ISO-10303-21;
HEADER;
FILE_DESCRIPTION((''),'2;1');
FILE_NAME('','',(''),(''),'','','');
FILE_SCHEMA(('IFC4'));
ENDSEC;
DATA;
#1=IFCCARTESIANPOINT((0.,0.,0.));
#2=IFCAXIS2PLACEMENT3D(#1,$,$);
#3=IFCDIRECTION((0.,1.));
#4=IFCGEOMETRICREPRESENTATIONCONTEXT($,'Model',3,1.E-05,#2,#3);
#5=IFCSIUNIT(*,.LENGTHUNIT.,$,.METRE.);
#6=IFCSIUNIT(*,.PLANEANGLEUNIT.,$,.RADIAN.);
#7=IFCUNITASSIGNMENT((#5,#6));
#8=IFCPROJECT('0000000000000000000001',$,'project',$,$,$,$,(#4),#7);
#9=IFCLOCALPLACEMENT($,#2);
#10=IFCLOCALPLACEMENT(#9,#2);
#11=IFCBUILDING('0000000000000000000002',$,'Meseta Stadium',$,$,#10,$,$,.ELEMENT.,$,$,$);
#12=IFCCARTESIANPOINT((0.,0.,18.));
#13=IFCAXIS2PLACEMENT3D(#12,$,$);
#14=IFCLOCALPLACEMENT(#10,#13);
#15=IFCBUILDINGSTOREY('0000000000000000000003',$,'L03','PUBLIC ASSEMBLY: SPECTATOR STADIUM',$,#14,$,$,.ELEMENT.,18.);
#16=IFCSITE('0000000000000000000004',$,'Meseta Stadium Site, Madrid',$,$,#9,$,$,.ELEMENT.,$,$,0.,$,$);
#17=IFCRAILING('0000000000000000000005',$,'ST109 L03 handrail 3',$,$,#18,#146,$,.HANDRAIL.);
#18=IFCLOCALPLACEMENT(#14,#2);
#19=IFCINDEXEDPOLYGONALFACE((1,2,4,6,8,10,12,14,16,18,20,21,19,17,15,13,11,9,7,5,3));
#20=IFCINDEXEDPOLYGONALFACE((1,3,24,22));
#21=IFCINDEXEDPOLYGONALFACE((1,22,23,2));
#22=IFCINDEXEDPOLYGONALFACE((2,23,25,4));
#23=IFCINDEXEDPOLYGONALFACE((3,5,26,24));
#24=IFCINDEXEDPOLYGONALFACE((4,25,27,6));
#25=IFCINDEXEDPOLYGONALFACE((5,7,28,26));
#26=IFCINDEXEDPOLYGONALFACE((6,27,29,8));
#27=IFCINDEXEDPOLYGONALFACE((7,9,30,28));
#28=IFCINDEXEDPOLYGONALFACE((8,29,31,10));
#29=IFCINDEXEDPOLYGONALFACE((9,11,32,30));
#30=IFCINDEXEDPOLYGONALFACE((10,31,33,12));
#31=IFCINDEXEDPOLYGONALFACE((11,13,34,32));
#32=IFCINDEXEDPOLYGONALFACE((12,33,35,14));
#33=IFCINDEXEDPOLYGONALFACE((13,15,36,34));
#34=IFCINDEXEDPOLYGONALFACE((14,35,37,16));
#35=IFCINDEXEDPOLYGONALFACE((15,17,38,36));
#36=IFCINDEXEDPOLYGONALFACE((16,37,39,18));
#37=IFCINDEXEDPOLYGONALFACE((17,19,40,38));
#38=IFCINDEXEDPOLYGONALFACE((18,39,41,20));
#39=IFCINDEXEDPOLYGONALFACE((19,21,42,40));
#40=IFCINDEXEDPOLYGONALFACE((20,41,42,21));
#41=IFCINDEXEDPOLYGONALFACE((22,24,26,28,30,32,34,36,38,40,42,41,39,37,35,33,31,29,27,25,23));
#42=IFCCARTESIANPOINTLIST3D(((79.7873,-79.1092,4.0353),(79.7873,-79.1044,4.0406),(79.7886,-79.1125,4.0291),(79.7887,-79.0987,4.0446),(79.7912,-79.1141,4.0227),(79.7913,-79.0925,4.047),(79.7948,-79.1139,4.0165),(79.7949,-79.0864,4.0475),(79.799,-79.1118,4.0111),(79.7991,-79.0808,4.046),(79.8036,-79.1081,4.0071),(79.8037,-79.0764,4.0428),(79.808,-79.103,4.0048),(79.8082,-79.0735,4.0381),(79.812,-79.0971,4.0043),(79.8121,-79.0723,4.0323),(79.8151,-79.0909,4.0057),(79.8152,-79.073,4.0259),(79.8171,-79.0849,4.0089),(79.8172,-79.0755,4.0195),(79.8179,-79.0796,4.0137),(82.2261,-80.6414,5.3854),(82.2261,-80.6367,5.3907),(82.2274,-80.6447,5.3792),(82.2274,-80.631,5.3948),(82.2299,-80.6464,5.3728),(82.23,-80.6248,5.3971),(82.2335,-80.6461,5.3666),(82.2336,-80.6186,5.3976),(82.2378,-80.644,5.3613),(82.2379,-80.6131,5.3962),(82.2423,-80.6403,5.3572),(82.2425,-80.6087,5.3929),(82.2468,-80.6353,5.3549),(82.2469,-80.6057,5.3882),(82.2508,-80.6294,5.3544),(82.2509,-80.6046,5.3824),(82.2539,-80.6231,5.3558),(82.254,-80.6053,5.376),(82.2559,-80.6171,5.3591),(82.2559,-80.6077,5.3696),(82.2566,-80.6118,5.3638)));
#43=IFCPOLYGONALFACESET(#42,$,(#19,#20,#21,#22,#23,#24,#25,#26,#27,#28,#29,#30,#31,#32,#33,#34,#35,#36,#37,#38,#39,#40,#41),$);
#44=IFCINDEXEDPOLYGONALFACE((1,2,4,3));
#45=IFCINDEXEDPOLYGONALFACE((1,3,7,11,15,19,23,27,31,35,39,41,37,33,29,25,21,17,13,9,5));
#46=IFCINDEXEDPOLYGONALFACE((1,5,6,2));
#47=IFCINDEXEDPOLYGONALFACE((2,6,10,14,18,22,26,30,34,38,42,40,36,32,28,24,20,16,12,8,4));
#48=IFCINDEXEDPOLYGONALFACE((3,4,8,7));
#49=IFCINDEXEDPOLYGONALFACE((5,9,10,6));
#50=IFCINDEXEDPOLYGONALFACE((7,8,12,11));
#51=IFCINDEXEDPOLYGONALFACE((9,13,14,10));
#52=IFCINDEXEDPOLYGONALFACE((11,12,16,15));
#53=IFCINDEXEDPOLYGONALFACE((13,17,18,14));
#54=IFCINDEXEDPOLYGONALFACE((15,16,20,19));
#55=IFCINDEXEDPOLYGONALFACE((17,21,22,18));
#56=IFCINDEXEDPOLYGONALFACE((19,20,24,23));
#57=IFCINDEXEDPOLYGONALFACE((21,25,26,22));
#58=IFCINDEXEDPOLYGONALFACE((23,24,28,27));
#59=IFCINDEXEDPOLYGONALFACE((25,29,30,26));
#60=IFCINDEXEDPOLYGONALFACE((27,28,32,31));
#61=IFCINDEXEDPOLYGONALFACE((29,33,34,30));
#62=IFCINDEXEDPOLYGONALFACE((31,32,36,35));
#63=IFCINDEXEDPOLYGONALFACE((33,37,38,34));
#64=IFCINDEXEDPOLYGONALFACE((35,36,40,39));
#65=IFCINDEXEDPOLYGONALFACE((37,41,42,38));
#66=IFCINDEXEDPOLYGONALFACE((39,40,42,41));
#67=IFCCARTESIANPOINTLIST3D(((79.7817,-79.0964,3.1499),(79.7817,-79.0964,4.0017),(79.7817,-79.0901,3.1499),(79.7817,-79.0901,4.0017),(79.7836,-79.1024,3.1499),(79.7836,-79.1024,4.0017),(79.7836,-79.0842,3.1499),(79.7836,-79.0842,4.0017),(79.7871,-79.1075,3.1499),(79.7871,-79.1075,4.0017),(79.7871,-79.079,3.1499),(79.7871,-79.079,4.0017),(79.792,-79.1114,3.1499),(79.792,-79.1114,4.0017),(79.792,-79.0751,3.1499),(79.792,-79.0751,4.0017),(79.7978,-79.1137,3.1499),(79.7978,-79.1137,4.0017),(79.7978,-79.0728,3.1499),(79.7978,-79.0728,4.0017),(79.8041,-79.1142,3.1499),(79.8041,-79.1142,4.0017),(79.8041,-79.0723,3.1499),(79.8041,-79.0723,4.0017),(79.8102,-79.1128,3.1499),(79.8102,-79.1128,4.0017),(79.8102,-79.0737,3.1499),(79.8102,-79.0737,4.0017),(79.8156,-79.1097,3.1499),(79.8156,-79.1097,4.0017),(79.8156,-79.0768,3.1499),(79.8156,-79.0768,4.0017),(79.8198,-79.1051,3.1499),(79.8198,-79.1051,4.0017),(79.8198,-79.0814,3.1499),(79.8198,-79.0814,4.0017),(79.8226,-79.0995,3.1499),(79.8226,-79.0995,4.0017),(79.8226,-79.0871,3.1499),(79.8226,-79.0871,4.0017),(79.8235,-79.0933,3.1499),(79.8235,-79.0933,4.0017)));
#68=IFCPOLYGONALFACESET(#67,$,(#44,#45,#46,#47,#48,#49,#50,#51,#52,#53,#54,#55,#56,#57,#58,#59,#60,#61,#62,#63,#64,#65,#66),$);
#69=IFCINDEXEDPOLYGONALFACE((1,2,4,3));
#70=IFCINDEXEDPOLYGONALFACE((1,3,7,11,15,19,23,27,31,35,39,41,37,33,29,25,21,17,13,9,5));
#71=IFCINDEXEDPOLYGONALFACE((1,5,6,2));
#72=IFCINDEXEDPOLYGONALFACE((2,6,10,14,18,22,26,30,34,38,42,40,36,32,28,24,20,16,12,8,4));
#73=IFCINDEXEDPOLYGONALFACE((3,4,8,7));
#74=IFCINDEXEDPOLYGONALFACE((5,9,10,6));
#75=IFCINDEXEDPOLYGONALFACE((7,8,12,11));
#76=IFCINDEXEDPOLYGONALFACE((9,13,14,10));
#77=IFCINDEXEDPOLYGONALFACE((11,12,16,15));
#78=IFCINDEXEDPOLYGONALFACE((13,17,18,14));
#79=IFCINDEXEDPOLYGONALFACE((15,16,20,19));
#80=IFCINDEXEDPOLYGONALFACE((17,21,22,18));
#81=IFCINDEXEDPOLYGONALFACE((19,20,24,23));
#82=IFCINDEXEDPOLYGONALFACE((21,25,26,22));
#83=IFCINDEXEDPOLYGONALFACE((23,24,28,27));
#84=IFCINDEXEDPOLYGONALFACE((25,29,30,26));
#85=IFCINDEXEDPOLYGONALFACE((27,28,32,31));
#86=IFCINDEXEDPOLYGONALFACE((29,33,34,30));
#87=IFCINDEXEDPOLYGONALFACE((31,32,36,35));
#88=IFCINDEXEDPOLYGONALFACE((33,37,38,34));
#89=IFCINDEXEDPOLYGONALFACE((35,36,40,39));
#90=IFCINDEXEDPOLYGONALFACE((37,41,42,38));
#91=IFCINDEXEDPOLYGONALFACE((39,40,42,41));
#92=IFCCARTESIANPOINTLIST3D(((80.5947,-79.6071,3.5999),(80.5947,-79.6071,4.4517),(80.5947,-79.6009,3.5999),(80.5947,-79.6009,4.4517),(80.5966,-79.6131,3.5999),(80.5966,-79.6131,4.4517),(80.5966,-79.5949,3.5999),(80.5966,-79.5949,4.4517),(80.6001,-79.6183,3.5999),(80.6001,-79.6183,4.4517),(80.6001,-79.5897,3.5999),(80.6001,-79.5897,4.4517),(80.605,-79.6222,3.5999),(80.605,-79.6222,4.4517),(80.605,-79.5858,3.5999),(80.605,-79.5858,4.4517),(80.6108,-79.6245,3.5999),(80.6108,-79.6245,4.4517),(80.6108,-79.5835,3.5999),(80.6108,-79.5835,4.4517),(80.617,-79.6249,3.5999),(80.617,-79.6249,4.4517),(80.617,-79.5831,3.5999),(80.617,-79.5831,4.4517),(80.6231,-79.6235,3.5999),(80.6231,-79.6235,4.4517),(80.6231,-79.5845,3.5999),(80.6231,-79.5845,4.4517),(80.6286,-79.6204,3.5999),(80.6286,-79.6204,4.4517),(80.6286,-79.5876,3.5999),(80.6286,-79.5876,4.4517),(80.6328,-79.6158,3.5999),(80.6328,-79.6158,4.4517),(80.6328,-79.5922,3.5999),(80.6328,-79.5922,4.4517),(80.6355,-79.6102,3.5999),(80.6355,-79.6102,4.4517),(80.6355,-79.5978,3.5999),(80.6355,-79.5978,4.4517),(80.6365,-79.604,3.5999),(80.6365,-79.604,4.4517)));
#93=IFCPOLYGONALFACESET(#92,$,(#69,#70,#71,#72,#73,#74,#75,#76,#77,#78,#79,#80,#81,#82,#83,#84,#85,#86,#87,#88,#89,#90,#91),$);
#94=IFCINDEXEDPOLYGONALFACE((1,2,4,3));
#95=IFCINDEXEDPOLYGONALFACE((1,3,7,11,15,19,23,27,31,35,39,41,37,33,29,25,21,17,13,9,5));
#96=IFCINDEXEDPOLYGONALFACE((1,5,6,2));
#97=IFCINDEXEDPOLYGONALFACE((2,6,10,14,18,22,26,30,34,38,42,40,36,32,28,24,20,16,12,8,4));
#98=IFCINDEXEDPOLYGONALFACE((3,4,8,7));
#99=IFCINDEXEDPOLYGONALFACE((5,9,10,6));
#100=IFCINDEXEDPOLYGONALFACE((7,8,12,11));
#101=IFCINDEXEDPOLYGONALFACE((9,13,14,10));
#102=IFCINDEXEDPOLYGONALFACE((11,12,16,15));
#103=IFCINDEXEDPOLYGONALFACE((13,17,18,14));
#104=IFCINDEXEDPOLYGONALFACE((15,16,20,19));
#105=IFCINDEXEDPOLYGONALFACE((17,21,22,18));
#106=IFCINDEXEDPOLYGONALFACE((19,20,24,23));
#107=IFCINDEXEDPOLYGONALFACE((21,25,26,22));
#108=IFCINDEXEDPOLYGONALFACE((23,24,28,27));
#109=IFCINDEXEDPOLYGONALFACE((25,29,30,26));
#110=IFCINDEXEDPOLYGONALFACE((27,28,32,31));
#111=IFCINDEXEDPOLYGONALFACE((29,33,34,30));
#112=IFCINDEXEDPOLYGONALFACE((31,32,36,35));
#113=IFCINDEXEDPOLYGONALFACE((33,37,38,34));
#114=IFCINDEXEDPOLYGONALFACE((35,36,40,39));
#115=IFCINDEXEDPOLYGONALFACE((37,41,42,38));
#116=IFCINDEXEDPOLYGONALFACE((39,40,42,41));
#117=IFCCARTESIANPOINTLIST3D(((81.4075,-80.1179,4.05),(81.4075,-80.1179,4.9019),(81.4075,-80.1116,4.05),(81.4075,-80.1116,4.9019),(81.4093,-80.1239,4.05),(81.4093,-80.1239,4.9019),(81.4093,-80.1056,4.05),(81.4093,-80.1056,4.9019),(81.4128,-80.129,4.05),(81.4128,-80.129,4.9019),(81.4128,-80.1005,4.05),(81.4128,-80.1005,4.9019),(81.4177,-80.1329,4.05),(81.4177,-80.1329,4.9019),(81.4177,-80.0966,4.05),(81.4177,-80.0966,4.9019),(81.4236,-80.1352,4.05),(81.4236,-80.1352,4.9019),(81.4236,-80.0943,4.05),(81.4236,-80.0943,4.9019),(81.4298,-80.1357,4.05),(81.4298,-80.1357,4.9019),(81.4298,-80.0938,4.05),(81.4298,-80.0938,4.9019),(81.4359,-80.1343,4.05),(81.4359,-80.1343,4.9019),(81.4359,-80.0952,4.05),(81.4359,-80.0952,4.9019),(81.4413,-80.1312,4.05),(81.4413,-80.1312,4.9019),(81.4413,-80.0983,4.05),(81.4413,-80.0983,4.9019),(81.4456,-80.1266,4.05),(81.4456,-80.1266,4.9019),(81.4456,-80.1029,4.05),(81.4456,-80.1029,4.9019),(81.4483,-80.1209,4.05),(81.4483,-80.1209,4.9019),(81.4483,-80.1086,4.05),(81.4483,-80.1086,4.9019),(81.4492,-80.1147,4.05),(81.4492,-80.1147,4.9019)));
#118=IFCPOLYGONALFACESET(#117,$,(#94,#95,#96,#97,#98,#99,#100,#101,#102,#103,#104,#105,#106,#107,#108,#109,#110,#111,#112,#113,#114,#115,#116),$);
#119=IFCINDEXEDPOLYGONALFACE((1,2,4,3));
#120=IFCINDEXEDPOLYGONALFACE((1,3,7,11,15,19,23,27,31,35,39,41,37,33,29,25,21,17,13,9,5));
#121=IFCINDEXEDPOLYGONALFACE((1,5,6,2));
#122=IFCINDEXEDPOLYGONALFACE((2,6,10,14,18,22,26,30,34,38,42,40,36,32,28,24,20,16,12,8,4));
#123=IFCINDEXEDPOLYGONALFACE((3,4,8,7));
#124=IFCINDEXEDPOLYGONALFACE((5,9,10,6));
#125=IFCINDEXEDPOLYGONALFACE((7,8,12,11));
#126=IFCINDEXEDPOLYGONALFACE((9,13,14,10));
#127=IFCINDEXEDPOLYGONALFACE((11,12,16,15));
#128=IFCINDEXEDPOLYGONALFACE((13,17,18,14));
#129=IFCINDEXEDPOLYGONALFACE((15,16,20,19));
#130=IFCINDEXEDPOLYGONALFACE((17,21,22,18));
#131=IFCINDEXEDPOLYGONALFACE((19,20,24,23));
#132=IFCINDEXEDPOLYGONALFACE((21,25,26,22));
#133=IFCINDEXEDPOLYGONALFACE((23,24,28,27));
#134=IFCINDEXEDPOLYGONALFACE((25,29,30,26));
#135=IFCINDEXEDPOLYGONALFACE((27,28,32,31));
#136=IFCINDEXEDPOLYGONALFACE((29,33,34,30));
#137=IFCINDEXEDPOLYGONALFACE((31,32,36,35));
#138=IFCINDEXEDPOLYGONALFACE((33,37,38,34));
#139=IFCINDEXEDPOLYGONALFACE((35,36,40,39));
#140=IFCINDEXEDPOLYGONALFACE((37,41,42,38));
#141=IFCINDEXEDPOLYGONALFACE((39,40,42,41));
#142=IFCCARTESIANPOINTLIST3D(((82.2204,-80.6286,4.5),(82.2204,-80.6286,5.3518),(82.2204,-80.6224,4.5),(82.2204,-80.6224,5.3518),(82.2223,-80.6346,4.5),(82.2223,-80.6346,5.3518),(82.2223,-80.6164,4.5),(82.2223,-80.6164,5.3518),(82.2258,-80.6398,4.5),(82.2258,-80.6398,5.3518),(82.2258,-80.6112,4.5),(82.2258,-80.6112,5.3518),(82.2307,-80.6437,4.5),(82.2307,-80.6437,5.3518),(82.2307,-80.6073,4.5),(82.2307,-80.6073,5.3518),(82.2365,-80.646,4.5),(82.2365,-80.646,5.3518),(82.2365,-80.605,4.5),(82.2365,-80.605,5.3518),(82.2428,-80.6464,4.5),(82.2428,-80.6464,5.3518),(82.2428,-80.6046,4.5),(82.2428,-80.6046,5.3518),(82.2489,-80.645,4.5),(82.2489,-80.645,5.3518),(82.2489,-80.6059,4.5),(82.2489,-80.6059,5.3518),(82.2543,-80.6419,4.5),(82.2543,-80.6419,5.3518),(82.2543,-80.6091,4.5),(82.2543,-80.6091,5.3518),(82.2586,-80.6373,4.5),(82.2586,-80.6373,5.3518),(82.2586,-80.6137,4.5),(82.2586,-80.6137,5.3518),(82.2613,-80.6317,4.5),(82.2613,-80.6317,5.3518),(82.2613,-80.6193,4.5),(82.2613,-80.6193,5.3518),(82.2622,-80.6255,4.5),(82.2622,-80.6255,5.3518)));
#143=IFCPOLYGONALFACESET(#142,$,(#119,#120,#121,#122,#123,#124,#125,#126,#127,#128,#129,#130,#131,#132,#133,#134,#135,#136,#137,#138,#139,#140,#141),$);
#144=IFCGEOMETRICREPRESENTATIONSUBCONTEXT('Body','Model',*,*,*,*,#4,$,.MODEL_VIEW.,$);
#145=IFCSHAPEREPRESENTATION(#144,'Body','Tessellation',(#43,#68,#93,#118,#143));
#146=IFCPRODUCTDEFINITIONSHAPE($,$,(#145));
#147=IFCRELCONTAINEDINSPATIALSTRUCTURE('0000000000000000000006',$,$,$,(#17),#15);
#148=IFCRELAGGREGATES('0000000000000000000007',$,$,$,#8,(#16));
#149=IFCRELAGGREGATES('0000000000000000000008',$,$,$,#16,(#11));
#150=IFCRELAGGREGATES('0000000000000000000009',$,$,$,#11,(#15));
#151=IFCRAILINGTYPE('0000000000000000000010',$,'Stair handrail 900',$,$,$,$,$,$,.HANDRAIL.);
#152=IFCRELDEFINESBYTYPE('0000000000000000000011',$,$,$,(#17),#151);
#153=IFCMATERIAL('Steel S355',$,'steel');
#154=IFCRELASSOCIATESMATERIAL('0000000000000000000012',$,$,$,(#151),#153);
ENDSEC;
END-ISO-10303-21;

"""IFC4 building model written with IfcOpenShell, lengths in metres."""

from ifc_helpers import new_model, si_unit, direction, frame, origin, origin_2d, place, context, subcontext, project, spatial, circle, extrude, material, type_object, element, save


model = new_model("IFC4")

# Units and contexts
model_context = context("Model", 3, precision=1e-05, world=origin(), true_north=direction((0.0, 1.0)))
body_context = subcontext(model_context, "Body", "Model", "MODEL_VIEW")
ifc_project = project(units=[si_unit("LENGTHUNIT", "METRE"), si_unit("PLANEANGLEUNIT", "RADIAN")], contexts=[model_context])

# Site, building, storey
site_placement = place(None, origin())
site = spatial("IfcSite", under=ifc_project, at=site_placement, Name="Meseta Stadium Site, Madrid", CompositionType="ELEMENT", RefElevation=0.0)
building_placement = place(site_placement, origin())
building = spatial("IfcBuilding", under=site, at=building_placement, Name="Meseta Stadium", CompositionType="ELEMENT")
storey_placement = place(building_placement, frame((0.0, 0.0, 18.0)))
storey = spatial("IfcBuildingStorey", under=building, at=storey_placement, Name="L03", Description="PUBLIC ASSEMBLY: SPECTATOR STADIUM", CompositionType="ELEMENT", Elevation=18.0)

# Railing
ifc_material_1 = material(Name="Steel S355", Category="steel")
railing_type_1 = type_object("IfcRailingType", Name="Stair handrail 900", PredefinedType="HANDRAIL", material=ifc_material_1)
railing_1_placement = place(storey_placement, frame((79.8025, -79.0933, 3.1499)))
element("IfcRailing", 1, at=railing_1_placement, inside=storey, type_object=railing_type_1, Name="ST109 L03 handrail 3", PredefinedType="HANDRAIL", context=body_context, shape_type="SweptSolid", body=[
    extrude(circle(Radius=0.0239, at=origin_2d()), frame((0.0, 0.0, 0.876), z_axis=(0.766687, -0.481703, 0.424445), x_axis=(0.532001, 0.846743, 0.0)), (0.0, 0.0, 1.0), 3.1809),
    extrude(circle(Radius=0.021, at=origin_2d()), origin(), (0.0, 0.0, 1.0), 0.8518),
    extrude(circle(Radius=0.021, at=origin_2d()), frame((0.813, -0.5107, 0.45)), (0.0, 0.0, 1.0), 0.8518),
    extrude(circle(Radius=0.021, at=origin_2d()), frame((1.6257, -1.0215, 0.9001)), (0.0, 0.0, 1.0), 0.8518),
    extrude(circle(Radius=0.021, at=origin_2d()), frame((2.4387, -1.5322, 1.3501)), (0.0, 0.0, 1.0), 0.8518),
])

save(model, "model.ifc")
